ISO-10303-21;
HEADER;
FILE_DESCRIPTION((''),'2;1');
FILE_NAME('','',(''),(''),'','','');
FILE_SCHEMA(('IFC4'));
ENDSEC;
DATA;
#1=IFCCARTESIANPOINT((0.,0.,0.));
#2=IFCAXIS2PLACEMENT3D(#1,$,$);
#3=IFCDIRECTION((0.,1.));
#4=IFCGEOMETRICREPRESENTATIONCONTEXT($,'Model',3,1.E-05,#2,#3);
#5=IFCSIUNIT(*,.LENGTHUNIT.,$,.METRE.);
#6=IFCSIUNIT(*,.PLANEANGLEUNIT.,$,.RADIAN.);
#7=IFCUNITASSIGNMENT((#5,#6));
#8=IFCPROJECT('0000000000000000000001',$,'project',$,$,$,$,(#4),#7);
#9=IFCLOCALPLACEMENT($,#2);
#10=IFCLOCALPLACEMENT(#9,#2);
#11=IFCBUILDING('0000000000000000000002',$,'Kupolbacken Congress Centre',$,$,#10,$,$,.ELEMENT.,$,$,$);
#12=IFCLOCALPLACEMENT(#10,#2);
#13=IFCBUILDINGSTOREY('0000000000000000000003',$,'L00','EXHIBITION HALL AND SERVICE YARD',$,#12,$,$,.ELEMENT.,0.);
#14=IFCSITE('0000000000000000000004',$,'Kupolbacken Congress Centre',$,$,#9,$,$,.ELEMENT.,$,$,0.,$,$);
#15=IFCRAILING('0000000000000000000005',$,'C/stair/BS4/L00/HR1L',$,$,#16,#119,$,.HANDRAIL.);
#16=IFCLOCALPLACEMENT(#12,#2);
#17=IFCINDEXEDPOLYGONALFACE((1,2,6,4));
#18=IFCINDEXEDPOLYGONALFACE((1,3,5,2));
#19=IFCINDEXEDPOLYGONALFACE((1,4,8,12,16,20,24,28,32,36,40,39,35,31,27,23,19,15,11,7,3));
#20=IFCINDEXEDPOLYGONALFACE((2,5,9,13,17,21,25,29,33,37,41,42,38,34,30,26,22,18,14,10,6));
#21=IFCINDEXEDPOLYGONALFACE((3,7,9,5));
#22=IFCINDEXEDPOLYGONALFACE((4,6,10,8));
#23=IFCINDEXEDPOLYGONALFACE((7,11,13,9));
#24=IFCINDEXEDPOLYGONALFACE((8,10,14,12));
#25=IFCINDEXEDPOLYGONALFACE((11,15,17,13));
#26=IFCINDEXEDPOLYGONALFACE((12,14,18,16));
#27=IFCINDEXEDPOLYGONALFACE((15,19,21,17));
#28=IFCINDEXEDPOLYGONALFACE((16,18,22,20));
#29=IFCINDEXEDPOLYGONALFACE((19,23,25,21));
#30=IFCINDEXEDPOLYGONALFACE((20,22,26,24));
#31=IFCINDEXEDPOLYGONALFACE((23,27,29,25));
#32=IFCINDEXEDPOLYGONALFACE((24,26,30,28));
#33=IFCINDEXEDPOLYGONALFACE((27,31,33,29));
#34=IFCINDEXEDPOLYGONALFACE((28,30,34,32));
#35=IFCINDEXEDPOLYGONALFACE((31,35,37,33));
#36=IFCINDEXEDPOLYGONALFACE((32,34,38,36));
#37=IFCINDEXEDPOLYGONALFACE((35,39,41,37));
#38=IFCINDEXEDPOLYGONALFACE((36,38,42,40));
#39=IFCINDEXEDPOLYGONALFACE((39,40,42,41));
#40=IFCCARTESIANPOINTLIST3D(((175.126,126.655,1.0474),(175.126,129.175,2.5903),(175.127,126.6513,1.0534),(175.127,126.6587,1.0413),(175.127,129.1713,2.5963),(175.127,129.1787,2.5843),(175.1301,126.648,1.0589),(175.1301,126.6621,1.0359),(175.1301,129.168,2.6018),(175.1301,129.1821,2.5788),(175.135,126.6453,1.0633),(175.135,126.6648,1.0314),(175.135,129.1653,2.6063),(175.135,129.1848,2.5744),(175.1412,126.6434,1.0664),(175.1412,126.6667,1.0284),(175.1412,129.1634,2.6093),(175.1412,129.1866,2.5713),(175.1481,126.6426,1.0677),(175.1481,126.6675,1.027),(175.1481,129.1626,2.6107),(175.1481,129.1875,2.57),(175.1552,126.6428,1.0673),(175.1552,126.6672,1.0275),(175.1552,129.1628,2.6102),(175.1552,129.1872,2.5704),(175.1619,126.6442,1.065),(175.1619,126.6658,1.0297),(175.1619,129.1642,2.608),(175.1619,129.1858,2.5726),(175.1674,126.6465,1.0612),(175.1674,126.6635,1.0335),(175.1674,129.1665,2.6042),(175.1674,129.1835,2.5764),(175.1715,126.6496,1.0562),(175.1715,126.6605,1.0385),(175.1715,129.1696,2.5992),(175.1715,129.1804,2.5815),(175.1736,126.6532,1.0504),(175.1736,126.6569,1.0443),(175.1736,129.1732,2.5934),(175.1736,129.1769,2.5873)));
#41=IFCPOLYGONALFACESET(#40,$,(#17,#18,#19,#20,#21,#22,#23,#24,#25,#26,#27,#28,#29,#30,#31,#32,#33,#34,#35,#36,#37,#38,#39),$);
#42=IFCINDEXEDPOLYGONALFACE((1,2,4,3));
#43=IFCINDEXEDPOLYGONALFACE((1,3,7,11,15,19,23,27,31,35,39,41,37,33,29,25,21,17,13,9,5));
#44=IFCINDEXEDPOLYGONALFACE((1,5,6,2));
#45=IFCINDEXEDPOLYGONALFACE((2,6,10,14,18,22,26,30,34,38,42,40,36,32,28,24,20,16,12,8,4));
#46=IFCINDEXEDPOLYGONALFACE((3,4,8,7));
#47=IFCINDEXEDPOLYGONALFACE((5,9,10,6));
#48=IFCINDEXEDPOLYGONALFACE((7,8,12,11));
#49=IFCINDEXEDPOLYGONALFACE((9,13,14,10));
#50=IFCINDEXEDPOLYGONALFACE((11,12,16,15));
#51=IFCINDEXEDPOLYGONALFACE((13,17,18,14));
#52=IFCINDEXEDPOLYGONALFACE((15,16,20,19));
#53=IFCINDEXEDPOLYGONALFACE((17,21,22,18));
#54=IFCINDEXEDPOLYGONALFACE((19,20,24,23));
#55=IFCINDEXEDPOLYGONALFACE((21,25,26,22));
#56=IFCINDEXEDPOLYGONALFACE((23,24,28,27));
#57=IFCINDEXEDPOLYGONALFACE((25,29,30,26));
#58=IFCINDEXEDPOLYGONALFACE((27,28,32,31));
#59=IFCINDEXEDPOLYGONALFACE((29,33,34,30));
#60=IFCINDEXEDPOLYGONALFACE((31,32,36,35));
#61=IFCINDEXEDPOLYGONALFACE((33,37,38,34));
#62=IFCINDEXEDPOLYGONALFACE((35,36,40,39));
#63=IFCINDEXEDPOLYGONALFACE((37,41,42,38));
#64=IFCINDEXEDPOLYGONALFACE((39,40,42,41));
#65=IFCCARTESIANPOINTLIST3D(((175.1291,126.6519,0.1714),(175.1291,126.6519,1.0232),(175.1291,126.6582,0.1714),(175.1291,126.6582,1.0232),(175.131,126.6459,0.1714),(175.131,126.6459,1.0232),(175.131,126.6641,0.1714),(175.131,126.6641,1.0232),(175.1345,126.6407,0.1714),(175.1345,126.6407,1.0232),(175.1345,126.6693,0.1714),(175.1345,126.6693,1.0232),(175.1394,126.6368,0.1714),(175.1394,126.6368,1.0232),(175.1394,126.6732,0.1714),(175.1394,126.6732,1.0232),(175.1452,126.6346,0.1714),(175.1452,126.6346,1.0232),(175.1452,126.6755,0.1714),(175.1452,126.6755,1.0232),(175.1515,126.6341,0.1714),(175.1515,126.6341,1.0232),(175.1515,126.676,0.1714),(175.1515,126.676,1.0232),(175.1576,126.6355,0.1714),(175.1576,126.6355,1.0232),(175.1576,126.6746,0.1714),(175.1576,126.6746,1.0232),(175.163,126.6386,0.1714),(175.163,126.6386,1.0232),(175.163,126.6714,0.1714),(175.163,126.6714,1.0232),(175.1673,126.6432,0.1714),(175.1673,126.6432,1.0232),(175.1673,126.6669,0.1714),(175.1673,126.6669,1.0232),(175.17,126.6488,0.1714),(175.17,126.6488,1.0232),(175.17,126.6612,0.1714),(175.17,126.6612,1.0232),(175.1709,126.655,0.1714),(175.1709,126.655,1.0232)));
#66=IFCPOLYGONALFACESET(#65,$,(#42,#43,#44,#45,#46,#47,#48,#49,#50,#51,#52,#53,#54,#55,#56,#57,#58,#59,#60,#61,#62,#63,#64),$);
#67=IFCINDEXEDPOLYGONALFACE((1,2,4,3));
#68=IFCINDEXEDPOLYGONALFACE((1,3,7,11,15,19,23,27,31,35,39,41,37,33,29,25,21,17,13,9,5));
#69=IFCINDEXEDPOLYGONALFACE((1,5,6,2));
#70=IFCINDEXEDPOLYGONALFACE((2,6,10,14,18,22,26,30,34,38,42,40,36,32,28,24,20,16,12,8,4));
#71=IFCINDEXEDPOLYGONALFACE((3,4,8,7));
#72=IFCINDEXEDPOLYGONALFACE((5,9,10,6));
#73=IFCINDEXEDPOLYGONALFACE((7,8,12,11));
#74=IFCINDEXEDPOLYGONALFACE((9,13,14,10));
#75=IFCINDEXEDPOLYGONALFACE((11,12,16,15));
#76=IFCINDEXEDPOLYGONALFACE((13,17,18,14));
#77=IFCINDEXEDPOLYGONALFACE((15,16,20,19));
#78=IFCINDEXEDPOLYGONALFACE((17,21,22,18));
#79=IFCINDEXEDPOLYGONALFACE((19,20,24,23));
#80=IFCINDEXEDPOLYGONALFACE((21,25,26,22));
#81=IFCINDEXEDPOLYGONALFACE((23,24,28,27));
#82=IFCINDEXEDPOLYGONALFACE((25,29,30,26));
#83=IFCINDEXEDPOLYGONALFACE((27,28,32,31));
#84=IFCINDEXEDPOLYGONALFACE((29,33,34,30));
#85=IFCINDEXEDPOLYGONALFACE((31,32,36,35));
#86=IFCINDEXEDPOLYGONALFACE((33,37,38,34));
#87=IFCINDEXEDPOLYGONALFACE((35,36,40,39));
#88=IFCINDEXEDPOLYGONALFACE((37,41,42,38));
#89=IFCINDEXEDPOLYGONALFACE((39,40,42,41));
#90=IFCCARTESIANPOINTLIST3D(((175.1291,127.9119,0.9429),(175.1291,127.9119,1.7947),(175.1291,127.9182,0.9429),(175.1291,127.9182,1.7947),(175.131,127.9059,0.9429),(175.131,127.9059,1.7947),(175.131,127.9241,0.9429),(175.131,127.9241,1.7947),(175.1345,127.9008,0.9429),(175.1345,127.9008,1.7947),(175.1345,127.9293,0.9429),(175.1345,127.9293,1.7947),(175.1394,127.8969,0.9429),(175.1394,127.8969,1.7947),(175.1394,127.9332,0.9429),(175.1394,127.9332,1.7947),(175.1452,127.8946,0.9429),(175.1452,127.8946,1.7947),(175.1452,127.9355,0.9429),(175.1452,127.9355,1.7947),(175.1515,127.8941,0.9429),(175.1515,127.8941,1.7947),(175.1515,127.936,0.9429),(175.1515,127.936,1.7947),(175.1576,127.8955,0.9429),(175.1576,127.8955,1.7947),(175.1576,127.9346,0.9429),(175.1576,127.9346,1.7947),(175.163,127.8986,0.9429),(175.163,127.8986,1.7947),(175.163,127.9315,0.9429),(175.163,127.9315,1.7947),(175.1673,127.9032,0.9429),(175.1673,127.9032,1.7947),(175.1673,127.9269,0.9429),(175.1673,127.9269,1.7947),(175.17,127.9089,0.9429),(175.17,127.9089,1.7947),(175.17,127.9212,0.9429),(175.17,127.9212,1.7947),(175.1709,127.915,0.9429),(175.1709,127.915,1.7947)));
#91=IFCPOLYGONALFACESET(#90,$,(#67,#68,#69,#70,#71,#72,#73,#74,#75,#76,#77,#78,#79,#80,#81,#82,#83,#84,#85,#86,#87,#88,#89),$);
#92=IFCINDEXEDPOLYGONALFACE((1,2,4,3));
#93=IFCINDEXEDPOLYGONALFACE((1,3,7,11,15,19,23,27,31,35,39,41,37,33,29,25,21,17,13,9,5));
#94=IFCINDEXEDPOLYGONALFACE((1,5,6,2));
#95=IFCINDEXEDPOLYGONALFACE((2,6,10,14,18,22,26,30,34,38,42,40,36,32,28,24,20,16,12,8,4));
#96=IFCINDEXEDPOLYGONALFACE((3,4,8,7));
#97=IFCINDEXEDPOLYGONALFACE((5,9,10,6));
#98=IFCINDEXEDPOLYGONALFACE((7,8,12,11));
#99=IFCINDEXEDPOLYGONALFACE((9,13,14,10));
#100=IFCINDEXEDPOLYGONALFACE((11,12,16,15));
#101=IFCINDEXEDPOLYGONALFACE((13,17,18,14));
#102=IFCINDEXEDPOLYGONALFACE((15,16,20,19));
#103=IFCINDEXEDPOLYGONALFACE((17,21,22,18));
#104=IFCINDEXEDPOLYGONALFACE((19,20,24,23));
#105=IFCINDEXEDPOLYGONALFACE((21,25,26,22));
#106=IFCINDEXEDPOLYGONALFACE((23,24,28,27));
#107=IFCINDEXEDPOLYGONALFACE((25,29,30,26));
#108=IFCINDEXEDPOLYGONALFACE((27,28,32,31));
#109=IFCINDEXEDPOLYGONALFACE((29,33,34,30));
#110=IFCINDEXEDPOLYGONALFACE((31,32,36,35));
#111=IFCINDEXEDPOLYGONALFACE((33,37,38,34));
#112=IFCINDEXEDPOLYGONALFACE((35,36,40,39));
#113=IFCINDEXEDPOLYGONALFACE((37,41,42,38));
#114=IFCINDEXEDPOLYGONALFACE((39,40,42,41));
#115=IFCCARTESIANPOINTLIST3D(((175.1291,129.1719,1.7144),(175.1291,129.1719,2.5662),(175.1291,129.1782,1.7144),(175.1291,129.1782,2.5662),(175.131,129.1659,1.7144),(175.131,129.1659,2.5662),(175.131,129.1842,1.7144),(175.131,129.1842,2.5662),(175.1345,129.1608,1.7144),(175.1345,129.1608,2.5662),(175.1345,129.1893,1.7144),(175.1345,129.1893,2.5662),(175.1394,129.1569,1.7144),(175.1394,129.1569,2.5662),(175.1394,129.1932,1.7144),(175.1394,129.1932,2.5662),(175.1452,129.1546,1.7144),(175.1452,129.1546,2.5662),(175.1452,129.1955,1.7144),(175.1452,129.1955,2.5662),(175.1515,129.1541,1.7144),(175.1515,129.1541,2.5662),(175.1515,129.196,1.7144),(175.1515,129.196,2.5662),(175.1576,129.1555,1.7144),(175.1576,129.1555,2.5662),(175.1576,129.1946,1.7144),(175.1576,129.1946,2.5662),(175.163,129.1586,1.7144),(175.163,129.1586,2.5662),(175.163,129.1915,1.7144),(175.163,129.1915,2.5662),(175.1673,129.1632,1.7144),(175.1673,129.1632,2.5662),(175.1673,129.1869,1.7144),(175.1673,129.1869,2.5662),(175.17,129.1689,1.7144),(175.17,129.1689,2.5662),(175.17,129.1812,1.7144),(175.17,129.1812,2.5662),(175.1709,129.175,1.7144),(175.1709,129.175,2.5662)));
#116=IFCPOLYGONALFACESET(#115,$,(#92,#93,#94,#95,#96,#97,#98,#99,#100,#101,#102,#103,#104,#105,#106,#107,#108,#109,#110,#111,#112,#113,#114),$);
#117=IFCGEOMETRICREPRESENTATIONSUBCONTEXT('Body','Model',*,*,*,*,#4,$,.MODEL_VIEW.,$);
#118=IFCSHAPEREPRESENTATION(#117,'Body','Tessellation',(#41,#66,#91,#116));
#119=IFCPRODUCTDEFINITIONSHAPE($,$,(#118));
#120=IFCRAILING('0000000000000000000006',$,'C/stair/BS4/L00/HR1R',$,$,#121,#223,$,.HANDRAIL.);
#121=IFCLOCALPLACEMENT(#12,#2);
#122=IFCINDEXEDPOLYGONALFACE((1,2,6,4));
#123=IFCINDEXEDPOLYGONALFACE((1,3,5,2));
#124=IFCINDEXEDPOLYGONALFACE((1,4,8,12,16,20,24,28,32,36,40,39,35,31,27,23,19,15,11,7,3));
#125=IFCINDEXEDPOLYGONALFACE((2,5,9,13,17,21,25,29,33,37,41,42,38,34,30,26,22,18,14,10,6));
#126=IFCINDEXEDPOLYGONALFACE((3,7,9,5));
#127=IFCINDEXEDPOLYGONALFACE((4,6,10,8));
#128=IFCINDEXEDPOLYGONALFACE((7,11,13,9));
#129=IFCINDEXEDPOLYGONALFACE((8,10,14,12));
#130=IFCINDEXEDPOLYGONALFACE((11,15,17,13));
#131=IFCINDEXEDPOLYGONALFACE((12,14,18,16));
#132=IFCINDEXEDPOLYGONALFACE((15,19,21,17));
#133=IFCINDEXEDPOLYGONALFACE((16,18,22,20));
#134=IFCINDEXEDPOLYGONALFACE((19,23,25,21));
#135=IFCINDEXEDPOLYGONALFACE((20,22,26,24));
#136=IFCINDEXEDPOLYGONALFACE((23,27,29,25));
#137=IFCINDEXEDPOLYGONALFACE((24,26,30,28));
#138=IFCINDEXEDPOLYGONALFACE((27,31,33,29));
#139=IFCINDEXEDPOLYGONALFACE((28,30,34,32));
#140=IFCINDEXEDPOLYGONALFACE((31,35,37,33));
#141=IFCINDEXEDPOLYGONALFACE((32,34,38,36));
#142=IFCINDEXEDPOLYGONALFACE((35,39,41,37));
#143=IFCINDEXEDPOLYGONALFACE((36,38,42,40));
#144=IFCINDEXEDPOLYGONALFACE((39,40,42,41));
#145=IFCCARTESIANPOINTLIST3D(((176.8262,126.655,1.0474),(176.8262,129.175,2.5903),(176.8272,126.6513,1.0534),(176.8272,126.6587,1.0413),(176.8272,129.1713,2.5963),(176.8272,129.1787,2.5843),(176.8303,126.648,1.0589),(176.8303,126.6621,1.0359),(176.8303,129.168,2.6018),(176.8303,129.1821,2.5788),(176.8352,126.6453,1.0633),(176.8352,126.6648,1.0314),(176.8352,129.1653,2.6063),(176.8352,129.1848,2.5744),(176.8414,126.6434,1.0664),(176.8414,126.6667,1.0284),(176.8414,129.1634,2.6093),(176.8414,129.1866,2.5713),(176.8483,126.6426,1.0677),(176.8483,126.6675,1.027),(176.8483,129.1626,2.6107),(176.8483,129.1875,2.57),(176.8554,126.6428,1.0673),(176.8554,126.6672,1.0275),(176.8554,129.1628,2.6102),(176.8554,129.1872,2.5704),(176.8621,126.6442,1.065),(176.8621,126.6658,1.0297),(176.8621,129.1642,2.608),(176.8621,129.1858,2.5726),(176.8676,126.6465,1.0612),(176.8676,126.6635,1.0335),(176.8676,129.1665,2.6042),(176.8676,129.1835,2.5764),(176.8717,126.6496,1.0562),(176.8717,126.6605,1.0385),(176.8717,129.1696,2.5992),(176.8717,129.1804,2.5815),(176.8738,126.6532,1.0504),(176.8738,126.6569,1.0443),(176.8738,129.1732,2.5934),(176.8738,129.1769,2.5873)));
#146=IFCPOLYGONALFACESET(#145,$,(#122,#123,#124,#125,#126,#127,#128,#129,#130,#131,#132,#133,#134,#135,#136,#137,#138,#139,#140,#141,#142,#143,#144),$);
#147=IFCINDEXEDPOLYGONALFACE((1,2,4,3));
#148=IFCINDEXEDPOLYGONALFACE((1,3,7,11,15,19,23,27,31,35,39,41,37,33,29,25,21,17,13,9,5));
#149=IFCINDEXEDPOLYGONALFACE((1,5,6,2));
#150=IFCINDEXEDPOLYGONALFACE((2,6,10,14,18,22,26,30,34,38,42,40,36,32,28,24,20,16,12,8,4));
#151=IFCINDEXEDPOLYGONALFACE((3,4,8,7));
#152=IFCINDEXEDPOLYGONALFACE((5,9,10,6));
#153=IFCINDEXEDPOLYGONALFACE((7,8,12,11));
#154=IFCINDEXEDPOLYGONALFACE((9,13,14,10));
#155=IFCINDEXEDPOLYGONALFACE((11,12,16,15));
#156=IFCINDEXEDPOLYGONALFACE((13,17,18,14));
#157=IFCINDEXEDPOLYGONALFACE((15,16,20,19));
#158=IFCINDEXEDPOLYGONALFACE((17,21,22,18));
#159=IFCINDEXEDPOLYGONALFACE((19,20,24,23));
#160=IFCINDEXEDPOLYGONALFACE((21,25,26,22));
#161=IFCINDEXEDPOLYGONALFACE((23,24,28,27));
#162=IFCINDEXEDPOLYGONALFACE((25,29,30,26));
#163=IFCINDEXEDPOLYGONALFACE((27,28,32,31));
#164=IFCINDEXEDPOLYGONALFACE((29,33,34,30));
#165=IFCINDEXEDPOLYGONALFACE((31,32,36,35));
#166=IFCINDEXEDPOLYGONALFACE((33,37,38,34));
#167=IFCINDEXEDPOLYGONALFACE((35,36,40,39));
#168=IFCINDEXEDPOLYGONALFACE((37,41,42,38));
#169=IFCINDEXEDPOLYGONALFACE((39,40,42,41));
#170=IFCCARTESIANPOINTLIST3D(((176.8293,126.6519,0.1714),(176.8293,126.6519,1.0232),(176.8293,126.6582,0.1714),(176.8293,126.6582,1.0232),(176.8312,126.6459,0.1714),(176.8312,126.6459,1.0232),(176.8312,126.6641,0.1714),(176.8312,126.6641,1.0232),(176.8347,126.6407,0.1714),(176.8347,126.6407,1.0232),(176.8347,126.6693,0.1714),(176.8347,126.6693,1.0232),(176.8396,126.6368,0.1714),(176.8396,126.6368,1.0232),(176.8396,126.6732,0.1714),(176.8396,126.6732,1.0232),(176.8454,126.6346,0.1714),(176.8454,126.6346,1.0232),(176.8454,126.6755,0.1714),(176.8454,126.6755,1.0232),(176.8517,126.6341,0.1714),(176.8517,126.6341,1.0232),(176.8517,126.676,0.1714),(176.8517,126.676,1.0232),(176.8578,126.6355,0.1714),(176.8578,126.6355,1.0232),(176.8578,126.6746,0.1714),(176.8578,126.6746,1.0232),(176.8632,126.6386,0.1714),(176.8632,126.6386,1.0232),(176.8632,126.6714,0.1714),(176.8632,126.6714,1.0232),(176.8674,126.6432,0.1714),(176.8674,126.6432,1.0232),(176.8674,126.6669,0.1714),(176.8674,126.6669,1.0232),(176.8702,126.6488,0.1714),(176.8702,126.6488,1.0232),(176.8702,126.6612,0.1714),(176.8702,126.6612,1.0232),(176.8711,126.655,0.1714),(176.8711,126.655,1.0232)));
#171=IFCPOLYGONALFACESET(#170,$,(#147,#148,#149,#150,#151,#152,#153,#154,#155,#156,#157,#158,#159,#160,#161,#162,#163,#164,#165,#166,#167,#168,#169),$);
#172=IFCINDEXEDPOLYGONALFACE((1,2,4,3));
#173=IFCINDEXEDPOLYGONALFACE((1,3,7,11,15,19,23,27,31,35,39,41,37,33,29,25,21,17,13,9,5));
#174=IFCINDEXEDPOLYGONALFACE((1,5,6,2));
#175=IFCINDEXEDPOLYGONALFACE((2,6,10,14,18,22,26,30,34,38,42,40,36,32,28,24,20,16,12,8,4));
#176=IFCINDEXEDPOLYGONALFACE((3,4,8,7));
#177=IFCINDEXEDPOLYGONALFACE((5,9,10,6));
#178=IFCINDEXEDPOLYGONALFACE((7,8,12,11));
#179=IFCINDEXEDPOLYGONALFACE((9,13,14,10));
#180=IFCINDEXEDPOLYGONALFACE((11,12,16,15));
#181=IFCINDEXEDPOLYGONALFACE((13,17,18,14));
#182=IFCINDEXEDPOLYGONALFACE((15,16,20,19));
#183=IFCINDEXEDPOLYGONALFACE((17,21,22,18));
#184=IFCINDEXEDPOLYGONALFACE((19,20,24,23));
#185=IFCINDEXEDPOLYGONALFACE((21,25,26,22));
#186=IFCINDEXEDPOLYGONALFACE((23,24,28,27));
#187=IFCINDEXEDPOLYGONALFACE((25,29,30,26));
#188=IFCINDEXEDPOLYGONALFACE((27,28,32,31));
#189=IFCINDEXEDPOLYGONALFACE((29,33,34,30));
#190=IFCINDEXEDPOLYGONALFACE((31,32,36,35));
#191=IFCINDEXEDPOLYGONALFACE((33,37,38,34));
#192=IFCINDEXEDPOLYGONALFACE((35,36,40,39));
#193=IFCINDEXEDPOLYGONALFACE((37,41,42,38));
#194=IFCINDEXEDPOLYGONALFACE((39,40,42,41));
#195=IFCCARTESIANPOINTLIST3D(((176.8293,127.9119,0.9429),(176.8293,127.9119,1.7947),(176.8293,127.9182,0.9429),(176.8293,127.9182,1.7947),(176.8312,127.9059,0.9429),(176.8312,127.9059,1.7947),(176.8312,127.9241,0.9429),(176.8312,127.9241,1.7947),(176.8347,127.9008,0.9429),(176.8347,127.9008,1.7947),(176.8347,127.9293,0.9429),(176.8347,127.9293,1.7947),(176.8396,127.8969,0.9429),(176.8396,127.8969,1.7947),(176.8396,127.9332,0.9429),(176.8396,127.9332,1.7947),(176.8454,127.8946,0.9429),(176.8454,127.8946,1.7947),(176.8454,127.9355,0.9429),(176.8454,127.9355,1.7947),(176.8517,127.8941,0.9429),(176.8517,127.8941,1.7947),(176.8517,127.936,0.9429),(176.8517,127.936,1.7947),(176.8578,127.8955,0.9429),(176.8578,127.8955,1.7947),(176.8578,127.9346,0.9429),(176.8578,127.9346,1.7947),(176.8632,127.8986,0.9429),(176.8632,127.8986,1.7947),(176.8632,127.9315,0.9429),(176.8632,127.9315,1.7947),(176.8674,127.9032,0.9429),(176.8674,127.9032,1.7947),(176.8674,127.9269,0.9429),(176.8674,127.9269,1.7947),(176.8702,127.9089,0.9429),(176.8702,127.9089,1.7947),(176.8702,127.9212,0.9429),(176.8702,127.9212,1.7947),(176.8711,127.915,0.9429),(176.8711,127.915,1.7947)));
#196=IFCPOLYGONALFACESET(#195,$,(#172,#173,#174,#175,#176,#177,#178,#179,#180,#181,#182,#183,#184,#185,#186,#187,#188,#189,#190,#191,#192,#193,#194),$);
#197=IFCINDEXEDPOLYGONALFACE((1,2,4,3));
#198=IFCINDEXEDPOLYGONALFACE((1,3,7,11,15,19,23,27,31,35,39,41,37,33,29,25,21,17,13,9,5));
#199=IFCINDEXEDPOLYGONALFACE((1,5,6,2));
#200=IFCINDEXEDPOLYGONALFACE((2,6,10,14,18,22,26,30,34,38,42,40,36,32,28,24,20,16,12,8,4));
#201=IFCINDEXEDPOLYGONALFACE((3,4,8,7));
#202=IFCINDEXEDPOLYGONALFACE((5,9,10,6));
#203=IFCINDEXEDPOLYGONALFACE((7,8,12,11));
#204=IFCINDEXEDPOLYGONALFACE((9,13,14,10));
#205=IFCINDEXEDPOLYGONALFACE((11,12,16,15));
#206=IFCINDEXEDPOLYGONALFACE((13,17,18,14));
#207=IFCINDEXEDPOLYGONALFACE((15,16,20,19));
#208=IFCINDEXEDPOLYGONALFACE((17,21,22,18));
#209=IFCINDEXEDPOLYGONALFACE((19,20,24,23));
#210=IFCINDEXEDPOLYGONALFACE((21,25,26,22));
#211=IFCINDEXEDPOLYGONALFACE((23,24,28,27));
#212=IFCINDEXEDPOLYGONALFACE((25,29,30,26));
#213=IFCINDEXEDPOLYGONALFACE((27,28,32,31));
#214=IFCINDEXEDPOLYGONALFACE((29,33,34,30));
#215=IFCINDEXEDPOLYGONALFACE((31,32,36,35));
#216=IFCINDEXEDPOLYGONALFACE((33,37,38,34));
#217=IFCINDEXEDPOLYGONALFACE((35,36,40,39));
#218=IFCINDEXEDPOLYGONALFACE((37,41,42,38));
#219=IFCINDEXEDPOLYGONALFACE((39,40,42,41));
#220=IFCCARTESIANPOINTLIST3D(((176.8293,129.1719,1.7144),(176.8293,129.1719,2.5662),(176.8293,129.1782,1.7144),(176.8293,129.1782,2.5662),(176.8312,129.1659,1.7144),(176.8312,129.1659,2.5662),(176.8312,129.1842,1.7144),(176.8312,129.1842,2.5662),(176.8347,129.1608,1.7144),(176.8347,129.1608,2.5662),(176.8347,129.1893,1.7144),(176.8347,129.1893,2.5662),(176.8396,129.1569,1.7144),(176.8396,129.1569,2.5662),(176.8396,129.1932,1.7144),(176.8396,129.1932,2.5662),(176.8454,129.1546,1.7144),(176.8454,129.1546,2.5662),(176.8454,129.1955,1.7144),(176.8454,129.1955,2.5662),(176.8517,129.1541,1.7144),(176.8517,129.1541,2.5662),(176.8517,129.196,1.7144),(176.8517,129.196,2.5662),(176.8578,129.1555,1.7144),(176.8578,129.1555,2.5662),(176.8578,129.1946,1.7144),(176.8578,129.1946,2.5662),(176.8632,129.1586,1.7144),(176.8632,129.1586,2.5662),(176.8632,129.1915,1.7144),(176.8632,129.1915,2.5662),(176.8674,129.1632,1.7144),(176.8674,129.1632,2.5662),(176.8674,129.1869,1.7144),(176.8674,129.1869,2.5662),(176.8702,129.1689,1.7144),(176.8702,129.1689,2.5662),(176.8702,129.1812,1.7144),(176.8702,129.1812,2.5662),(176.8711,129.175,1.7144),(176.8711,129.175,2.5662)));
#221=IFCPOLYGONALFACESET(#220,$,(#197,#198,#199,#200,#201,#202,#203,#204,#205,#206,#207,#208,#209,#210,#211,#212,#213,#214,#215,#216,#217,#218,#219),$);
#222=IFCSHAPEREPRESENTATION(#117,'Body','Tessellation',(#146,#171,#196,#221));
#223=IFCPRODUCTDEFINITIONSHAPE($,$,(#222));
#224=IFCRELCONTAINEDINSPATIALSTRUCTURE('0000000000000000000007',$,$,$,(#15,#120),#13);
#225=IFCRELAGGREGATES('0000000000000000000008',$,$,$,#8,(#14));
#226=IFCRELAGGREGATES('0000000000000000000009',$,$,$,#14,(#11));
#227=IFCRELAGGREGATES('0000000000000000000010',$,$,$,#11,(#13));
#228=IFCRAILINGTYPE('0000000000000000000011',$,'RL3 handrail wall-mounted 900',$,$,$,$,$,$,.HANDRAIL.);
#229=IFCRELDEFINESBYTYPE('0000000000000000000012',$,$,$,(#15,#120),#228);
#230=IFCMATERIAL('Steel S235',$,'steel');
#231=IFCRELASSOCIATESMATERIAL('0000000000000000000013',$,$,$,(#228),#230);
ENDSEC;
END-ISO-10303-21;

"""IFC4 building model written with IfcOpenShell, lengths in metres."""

from ifc_helpers import new_model, si_unit, direction, frame, origin, origin_2d, place, context, subcontext, project, spatial, circle, extrude, material, type_object, element, save


model = new_model("IFC4")

# Units and contexts
model_context = context("Model", 3, precision=1e-05, world=origin(), true_north=direction((0.0, 1.0)))
body_context = subcontext(model_context, "Body", "Model", "MODEL_VIEW")
ifc_project = project(units=[si_unit("LENGTHUNIT", "METRE"), si_unit("PLANEANGLEUNIT", "RADIAN")], contexts=[model_context])

# Site, building, storey
site_placement = place(None, origin())
site = spatial("IfcSite", under=ifc_project, at=site_placement, Name="Kupolbacken Congress Centre", CompositionType="ELEMENT", RefElevation=0.0)
building_placement = place(site_placement, origin())
building = spatial("IfcBuilding", under=site, at=building_placement, Name="Kupolbacken Congress Centre", CompositionType="ELEMENT")
storey_placement = place(building_placement, origin())
storey = spatial("IfcBuildingStorey", under=building, at=storey_placement, Name="L00", Description="EXHIBITION HALL AND SERVICE YARD", CompositionType="ELEMENT", Elevation=0.0)

# Railings
ifc_material_1 = material(Name="Steel S235", Category="steel")
railing_type = type_object("IfcRailingType", Name="RL3 handrail wall-mounted 900", PredefinedType="HANDRAIL", material=ifc_material_1)
for number, where, name in (
    (1, (175.1499, 126.655, 0.1714), "C/stair/BS4/L00/HR1L"),
    (2, (176.8501, 126.655, 0.1714), "C/stair/BS4/L00/HR1R"),
):
    element("IfcRailing", number, at=place(storey_placement, frame(where)), inside=storey, type_object=railing_type, Name=name, PredefinedType="HANDRAIL", context=body_context, shape_type="SweptSolid", body=[
        extrude(circle(Radius=0.0239, at=origin_2d()), frame((0.0, 0.0, 0.876), z_axis=(0.0, 0.852836, 0.522178), x_axis=(-1.0, 0.0, 0.0)), (0.0, 0.0, 1.0), 2.9548),
        extrude(circle(Radius=0.021, at=origin_2d()), origin(), (0.0, 0.0, 1.0), 0.8518),
        extrude(circle(Radius=0.021, at=origin_2d()), frame((0.0, 1.26, 0.7715)), (0.0, 0.0, 1.0), 0.8518),
        extrude(circle(Radius=0.021, at=origin_2d()), frame((0.0, 2.52, 1.543)), (0.0, 0.0, 1.0), 0.8518),
    ])

save(model, "model.ifc")
